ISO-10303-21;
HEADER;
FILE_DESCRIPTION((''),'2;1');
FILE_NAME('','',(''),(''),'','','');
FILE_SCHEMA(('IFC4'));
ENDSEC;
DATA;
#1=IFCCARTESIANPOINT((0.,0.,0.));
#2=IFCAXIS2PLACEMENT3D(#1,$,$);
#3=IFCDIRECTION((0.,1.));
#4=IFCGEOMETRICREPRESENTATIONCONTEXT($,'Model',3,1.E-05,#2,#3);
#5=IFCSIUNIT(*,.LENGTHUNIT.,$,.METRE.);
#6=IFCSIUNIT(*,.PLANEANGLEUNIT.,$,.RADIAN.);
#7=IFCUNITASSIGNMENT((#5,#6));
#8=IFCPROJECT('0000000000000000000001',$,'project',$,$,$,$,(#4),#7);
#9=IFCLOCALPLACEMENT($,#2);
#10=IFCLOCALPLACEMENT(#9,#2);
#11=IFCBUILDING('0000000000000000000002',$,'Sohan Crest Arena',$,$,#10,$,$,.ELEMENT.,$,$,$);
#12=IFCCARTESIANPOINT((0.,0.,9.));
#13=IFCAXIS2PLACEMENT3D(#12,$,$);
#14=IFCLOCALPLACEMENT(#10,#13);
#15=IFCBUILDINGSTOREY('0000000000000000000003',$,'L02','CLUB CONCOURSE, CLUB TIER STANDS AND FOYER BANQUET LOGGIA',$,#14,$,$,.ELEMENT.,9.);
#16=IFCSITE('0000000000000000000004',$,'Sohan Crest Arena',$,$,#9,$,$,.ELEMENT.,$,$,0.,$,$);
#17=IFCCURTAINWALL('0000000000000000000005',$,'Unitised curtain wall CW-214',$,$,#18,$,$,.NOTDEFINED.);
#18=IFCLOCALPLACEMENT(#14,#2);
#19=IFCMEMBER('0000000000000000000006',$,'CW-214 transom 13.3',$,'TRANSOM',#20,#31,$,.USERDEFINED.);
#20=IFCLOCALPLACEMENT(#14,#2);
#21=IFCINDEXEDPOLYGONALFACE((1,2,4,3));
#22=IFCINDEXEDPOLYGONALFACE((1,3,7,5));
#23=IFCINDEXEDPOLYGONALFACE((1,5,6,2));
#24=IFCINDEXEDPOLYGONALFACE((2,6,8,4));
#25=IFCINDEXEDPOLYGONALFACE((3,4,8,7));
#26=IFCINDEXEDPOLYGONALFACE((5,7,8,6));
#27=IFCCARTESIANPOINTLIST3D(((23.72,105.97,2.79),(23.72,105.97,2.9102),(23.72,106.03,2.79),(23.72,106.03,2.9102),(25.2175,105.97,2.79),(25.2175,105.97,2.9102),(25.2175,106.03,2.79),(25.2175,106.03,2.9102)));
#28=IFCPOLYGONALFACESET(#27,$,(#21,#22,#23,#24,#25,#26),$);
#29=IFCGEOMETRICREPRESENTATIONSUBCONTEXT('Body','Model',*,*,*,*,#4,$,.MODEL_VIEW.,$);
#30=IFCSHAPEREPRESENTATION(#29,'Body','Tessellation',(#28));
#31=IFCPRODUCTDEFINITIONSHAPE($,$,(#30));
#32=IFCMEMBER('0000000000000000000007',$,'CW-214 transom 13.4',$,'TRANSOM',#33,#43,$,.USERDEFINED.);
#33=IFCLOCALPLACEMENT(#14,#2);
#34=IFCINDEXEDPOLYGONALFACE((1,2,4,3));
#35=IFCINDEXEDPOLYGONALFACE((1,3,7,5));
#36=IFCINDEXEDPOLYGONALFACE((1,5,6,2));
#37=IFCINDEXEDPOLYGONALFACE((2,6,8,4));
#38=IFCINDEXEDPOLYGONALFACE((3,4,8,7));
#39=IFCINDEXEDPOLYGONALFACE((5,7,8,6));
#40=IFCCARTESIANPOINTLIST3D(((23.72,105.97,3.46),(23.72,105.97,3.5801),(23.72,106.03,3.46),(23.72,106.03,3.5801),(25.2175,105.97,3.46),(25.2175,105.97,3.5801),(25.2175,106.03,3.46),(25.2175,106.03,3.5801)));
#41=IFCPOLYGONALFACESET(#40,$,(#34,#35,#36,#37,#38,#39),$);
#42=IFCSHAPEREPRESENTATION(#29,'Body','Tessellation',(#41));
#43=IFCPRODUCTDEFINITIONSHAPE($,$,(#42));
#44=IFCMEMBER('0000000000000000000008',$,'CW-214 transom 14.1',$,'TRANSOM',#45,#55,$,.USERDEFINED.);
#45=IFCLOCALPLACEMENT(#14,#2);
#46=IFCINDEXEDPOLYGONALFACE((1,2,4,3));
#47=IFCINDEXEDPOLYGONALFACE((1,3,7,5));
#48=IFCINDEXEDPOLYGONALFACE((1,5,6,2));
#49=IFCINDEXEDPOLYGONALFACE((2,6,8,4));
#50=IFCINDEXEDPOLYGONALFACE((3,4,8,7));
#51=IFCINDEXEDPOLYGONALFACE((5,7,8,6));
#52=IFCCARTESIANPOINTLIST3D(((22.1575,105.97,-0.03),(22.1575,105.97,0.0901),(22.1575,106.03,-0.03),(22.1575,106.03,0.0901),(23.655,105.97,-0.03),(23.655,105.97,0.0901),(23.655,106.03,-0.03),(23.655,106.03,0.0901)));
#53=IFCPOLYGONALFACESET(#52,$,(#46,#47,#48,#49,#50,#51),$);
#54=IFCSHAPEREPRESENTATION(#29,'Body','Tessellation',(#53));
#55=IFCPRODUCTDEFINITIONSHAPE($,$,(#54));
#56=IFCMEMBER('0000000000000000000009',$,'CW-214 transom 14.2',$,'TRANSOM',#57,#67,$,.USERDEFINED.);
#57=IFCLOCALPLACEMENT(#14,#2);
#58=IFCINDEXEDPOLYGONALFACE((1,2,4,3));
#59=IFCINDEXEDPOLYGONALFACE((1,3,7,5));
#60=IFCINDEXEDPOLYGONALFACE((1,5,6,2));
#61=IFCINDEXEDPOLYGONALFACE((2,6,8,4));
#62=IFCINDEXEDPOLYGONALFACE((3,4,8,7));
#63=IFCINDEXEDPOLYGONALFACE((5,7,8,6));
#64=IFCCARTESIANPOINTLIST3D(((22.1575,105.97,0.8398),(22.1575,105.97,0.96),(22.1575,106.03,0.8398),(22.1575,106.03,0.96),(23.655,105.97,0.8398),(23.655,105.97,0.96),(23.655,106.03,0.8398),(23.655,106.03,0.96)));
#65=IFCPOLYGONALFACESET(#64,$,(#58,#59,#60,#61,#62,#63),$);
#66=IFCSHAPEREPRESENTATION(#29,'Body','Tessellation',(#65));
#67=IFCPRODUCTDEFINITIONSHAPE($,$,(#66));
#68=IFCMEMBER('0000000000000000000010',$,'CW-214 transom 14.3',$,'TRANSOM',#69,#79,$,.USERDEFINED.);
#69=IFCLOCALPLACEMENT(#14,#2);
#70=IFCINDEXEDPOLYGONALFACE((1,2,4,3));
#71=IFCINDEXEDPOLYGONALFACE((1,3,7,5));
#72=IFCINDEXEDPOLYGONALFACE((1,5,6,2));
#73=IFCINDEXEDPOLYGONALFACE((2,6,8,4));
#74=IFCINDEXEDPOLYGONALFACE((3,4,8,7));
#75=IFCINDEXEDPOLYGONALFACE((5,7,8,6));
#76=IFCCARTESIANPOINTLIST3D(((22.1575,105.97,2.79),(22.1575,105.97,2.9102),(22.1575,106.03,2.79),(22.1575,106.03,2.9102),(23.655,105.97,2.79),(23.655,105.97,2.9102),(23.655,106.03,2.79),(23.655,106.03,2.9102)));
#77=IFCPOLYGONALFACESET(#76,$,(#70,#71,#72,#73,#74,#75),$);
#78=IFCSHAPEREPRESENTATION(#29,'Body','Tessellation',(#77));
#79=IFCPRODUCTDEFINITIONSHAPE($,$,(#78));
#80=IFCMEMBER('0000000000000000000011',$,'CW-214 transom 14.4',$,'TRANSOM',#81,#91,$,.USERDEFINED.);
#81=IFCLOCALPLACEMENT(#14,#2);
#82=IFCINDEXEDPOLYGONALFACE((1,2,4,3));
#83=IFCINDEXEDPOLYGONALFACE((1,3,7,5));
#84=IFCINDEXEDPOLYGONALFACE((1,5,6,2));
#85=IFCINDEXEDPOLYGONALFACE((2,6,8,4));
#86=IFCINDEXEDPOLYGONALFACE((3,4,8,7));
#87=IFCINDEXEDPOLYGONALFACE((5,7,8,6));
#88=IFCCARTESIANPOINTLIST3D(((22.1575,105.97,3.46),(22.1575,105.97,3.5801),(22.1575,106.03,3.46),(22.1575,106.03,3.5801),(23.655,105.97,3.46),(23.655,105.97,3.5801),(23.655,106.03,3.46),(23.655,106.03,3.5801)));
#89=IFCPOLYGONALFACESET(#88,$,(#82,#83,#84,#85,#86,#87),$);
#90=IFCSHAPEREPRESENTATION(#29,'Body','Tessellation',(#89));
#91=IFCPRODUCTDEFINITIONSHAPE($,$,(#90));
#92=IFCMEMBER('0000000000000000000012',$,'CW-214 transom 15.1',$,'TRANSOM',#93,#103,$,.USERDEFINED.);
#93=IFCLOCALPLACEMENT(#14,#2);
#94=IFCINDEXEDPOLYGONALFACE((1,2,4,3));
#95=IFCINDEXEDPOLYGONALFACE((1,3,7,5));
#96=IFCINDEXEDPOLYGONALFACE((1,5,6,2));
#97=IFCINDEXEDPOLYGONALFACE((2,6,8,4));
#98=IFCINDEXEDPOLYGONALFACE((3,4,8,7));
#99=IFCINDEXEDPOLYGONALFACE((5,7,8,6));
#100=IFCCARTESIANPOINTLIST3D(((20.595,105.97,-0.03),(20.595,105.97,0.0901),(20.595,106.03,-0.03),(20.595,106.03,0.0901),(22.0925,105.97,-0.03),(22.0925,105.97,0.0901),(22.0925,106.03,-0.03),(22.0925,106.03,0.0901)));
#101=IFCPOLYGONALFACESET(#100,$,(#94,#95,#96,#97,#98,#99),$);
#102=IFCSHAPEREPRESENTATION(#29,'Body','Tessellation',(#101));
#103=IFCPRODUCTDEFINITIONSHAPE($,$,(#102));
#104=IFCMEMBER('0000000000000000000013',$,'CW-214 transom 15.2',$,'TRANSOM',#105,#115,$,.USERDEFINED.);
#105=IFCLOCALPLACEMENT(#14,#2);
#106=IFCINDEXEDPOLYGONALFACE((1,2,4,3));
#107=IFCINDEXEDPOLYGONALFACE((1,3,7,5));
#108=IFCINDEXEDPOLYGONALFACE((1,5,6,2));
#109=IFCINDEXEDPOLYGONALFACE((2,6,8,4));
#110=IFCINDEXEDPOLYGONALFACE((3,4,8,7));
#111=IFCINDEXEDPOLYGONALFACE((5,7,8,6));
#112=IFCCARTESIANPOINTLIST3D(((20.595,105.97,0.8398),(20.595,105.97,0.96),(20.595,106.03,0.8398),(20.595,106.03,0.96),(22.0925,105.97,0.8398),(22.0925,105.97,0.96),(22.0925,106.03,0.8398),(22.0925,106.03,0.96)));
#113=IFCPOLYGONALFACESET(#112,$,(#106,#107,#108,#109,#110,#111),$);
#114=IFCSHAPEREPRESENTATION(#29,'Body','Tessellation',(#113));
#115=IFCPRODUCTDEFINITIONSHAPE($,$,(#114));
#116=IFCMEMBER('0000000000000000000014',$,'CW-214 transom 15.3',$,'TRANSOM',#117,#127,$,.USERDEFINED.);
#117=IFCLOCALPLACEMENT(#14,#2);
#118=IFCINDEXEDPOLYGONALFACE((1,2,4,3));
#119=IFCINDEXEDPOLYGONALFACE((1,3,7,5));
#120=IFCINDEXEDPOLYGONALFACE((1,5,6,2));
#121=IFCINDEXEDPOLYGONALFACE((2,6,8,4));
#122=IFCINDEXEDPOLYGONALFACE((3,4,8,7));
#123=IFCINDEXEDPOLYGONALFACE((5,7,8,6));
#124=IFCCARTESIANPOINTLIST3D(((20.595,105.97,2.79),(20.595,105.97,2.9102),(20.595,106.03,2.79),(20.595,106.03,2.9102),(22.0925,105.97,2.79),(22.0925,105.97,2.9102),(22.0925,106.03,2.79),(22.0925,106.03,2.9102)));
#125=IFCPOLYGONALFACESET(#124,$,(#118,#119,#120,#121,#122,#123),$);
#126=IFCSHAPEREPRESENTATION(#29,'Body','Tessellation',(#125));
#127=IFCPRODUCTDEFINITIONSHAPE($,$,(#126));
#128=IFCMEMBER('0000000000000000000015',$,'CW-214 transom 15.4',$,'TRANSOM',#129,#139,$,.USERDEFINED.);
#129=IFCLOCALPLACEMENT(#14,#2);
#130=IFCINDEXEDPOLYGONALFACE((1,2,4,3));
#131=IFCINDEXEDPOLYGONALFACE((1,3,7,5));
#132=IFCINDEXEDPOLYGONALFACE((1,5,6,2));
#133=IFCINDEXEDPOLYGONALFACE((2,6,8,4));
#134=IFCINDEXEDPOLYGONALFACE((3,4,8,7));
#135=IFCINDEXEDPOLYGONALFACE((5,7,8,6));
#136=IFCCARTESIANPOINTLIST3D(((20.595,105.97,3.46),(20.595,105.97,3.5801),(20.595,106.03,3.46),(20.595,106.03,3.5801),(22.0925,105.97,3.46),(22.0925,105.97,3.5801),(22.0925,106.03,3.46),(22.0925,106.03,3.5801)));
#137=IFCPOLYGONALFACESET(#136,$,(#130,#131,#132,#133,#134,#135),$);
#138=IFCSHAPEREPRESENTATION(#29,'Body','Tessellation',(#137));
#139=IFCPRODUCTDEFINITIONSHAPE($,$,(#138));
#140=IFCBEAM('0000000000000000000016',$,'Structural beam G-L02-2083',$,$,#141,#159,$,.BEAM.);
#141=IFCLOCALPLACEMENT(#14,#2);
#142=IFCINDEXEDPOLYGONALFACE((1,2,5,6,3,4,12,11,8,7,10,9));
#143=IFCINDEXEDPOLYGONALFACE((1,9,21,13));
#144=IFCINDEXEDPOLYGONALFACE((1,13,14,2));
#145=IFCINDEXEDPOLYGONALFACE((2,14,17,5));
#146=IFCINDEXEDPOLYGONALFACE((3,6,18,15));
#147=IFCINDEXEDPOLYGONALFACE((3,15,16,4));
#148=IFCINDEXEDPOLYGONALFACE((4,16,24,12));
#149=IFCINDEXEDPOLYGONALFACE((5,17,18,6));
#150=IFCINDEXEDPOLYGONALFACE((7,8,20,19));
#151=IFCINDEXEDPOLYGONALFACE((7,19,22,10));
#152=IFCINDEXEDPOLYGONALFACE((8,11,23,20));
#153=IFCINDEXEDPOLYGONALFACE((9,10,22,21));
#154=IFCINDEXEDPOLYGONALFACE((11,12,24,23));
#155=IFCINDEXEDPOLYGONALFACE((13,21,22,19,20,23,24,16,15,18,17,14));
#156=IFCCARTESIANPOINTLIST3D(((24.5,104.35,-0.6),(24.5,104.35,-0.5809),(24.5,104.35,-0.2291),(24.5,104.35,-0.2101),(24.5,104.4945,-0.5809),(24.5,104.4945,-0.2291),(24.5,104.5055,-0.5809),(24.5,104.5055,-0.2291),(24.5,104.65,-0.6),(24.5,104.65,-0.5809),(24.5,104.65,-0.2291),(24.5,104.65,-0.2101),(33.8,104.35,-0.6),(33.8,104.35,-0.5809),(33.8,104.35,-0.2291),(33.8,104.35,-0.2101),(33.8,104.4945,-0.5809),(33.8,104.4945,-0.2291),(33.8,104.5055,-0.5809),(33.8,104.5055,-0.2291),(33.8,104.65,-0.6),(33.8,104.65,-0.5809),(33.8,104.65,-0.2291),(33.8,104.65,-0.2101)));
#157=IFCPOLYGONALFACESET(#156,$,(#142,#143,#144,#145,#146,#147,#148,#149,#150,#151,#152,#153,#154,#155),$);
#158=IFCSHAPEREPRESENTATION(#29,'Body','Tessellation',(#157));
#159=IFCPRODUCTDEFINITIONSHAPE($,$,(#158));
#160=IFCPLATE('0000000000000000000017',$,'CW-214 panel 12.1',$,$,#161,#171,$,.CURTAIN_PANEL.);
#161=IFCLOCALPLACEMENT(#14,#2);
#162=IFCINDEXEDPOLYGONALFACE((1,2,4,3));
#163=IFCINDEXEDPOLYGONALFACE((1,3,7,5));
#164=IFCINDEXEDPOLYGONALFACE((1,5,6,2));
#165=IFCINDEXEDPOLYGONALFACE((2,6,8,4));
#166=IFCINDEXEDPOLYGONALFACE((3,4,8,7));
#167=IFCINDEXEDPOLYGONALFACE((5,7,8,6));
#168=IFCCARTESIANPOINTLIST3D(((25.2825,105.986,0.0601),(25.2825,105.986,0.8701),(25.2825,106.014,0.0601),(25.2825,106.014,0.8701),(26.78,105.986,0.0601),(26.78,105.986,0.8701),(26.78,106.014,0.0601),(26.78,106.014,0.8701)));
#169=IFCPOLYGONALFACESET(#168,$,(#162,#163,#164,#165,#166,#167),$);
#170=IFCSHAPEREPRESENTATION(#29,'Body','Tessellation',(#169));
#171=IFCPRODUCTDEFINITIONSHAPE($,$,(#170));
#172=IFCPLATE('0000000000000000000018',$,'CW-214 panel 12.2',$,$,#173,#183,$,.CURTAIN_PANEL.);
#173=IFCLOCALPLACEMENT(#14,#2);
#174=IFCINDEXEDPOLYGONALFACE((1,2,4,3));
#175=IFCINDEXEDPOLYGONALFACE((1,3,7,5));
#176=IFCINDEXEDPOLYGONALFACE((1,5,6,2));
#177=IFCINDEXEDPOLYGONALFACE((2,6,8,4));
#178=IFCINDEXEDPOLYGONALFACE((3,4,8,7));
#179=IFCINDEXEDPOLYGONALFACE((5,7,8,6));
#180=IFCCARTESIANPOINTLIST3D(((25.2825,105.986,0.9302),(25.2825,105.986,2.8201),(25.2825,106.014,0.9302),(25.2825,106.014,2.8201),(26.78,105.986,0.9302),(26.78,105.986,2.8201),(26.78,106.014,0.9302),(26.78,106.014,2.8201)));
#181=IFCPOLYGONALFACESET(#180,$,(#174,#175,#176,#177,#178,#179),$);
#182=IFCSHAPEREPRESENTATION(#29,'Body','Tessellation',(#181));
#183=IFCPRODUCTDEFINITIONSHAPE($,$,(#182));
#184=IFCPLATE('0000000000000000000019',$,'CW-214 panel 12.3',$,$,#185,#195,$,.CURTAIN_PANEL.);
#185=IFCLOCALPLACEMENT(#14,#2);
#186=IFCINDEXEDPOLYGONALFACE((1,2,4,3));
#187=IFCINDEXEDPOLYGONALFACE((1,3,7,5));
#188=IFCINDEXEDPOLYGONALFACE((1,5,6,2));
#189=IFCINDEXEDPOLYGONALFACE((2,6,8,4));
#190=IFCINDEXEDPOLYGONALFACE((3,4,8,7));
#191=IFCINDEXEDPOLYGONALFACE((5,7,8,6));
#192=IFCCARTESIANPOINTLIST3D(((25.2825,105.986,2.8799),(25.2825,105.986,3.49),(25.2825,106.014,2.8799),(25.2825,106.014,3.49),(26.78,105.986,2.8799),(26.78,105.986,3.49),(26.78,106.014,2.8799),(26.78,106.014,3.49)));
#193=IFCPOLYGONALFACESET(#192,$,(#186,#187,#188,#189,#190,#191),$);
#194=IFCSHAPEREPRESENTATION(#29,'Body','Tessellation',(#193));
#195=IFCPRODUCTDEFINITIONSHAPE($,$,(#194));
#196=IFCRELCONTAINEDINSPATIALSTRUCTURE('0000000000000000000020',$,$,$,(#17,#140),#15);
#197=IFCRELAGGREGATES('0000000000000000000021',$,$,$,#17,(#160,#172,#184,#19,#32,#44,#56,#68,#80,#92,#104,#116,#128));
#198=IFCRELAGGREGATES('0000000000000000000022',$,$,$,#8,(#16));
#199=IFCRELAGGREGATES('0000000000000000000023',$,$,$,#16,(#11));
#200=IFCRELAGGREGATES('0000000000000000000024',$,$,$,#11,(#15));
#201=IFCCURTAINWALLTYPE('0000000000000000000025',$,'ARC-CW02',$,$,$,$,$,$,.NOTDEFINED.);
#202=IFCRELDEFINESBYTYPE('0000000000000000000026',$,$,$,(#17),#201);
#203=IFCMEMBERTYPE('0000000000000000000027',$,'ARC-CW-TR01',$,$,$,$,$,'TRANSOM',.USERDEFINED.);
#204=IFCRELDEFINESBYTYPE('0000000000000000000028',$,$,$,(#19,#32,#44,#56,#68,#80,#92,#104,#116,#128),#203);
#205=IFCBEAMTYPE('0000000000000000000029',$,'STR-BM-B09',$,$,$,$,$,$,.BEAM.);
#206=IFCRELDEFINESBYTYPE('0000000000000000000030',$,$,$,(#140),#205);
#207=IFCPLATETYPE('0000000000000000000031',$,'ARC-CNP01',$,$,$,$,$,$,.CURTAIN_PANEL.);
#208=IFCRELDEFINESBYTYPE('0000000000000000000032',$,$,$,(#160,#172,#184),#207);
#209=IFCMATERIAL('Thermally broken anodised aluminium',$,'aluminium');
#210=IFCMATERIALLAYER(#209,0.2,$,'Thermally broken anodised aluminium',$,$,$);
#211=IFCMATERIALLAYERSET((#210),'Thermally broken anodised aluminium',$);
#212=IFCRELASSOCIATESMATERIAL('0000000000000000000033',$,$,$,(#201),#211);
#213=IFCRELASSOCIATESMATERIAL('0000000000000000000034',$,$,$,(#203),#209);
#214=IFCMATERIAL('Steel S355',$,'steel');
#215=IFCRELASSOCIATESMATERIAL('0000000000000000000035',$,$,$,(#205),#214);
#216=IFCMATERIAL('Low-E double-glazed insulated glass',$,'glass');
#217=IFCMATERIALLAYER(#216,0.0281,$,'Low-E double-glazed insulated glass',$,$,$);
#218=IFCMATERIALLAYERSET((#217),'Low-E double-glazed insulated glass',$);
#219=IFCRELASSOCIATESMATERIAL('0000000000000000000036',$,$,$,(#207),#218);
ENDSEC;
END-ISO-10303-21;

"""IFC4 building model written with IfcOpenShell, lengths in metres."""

from ifc_helpers import new_model, si_unit, direction, frame, origin, origin_2d, place, context, subcontext, project, spatial, rectangle, i_section, extrude, material, layer, layer_set, material_profile, profile_set, type_object, element, aggregate, save


model = new_model("IFC4")

# Units and contexts
model_context = context("Model", 3, precision=1e-05, world=origin(), true_north=direction((0.0, 1.0)))
body_context = subcontext(model_context, "Body", "Model", "MODEL_VIEW")
ifc_project = project(units=[si_unit("LENGTHUNIT", "METRE"), si_unit("PLANEANGLEUNIT", "RADIAN")], contexts=[model_context])

# Site, building, storey
site_placement = place(None, origin())
site = spatial("IfcSite", under=ifc_project, at=site_placement, Name="Sohan Crest Arena", CompositionType="ELEMENT", RefElevation=0.0)
building_placement = place(site_placement, origin())
building = spatial("IfcBuilding", under=site, at=building_placement, Name="Sohan Crest Arena", CompositionType="ELEMENT")
storey_placement = place(building_placement, frame((0.0, 0.0, 9.0)))
storey = spatial("IfcBuildingStorey", under=building, at=storey_placement, Name="L02", Description="CLUB CONCOURSE, CLUB TIER STANDS AND FOYER BANQUET LOGGIA", CompositionType="ELEMENT", Elevation=9.0)

# Curtain wall, members
ifc_material_1 = material(Name="Thermally broken anodised aluminium", Category="aluminium")
ifc_layer_1 = layer(ifc_material_1, 0.2, Name="Thermally broken anodised aluminium")
ifc_layer_set_1 = layer_set([ifc_layer_1], Name="Thermally broken anodised aluminium")
curtain_wall_type = type_object("IfcCurtainWallType", Name="ARC-CW02", PredefinedType="NOTDEFINED", material=ifc_layer_set_1)
curtain_wall_placement = place(storey_placement, origin())
curtain_wall = element("IfcCurtainWall", 1, at=curtain_wall_placement, inside=storey, type_object=curtain_wall_type, Name="Unitised curtain wall CW-214", PredefinedType="NOTDEFINED")
ifc_material_profile_1 = material_profile(ifc_material_1, rectangle(XDim=0.0601, YDim=0.1201, at=origin_2d()), Name="ALU-TRAN 60x120")
ifc_profile_set_1 = profile_set([ifc_material_profile_1], Name="Thermally broken anodised aluminium")
member_type_1 = type_object("IfcMemberType", Name="ARC-CW-TR01", ElementType="TRANSOM", PredefinedType="USERDEFINED", material=ifc_profile_set_1)
member_1_placement = place(storey_placement, frame((25.2175, 106.0, 2.8501), z_axis=(-1.0, 0.0, 0.0), x_axis=(0.0, -1.0, 0.0)))
member_1 = element("IfcMember", 2, at=member_1_placement, type_object=member_type_1, Name="CW-214 transom 13.3", ObjectType="TRANSOM", PredefinedType="USERDEFINED", context=body_context, shape_type="SweptSolid", body=[
    extrude(rectangle(XDim=0.0601, YDim=0.1201, at=origin_2d()), origin(), (0.0, 0.0, 1.0), 1.4976),
])
member_2_placement = place(storey_placement, frame((25.2175, 106.0, 3.52), z_axis=(-1.0, 0.0, 0.0), x_axis=(0.0, -1.0, 0.0)))
member_2 = element("IfcMember", 3, at=member_2_placement, type_object=member_type_1, Name="CW-214 transom 13.4", ObjectType="TRANSOM", PredefinedType="USERDEFINED", context=body_context, shape_type="SweptSolid", body=[
    extrude(rectangle(XDim=0.0601, YDim=0.1201, at=origin_2d()), origin(), (0.0, 0.0, 1.0), 1.4976),
])
member_3_placement = place(storey_placement, frame((23.655, 106.0, 0.03), z_axis=(-1.0, 0.0, 0.0), x_axis=(0.0, -1.0, 0.0)))
member_3 = element("IfcMember", 4, at=member_3_placement, type_object=member_type_1, Name="CW-214 transom 14.1", ObjectType="TRANSOM", PredefinedType="USERDEFINED", context=body_context, shape_type="SweptSolid", body=[
    extrude(rectangle(XDim=0.0601, YDim=0.1201, at=origin_2d()), origin(), (0.0, 0.0, 1.0), 1.4976),
])
member_4_placement = place(storey_placement, frame((23.655, 106.0, 0.8999), z_axis=(-1.0, 0.0, 0.0), x_axis=(0.0, -1.0, 0.0)))
member_4 = element("IfcMember", 5, at=member_4_placement, type_object=member_type_1, Name="CW-214 transom 14.2", ObjectType="TRANSOM", PredefinedType="USERDEFINED", context=body_context, shape_type="SweptSolid", body=[
    extrude(rectangle(XDim=0.0601, YDim=0.1201, at=origin_2d()), origin(), (0.0, 0.0, 1.0), 1.4976),
])
member_5_placement = place(storey_placement, frame((23.655, 106.0, 2.8501), z_axis=(-1.0, 0.0, 0.0), x_axis=(0.0, -1.0, 0.0)))
member_5 = element("IfcMember", 6, at=member_5_placement, type_object=member_type_1, Name="CW-214 transom 14.3", ObjectType="TRANSOM", PredefinedType="USERDEFINED", context=body_context, shape_type="SweptSolid", body=[
    extrude(rectangle(XDim=0.0601, YDim=0.1201, at=origin_2d()), origin(), (0.0, 0.0, 1.0), 1.4976),
])
member_6_placement = place(storey_placement, frame((23.655, 106.0, 3.52), z_axis=(-1.0, 0.0, 0.0), x_axis=(0.0, -1.0, 0.0)))
member_6 = element("IfcMember", 7, at=member_6_placement, type_object=member_type_1, Name="CW-214 transom 14.4", ObjectType="TRANSOM", PredefinedType="USERDEFINED", context=body_context, shape_type="SweptSolid", body=[
    extrude(rectangle(XDim=0.0601, YDim=0.1201, at=origin_2d()), origin(), (0.0, 0.0, 1.0), 1.4976),
])
member_7_placement = place(storey_placement, frame((22.0925, 106.0, 0.03), z_axis=(-1.0, 0.0, 0.0), x_axis=(0.0, -1.0, 0.0)))
member_7 = element("IfcMember", 8, at=member_7_placement, type_object=member_type_1, Name="CW-214 transom 15.1", ObjectType="TRANSOM", PredefinedType="USERDEFINED", context=body_context, shape_type="SweptSolid", body=[
    extrude(rectangle(XDim=0.0601, YDim=0.1201, at=origin_2d()), origin(), (0.0, 0.0, 1.0), 1.4976),
])
member_8_placement = place(storey_placement, frame((22.0925, 106.0, 0.8999), z_axis=(-1.0, 0.0, 0.0), x_axis=(0.0, -1.0, 0.0)))
member_8 = element("IfcMember", 9, at=member_8_placement, type_object=member_type_1, Name="CW-214 transom 15.2", ObjectType="TRANSOM", PredefinedType="USERDEFINED", context=body_context, shape_type="SweptSolid", body=[
    extrude(rectangle(XDim=0.0601, YDim=0.1201, at=origin_2d()), origin(), (0.0, 0.0, 1.0), 1.4976),
])
member_9_placement = place(storey_placement, frame((22.0925, 106.0, 2.8501), z_axis=(-1.0, 0.0, 0.0), x_axis=(0.0, -1.0, 0.0)))
member_9 = element("IfcMember", 10, at=member_9_placement, type_object=member_type_1, Name="CW-214 transom 15.3", ObjectType="TRANSOM", PredefinedType="USERDEFINED", context=body_context, shape_type="SweptSolid", body=[
    extrude(rectangle(XDim=0.0601, YDim=0.1201, at=origin_2d()), origin(), (0.0, 0.0, 1.0), 1.4976),
])
member_10_placement = place(storey_placement, frame((22.0925, 106.0, 3.52), z_axis=(-1.0, 0.0, 0.0), x_axis=(0.0, -1.0, 0.0)))
member_10 = element("IfcMember", 11, at=member_10_placement, type_object=member_type_1, Name="CW-214 transom 15.4", ObjectType="TRANSOM", PredefinedType="USERDEFINED", context=body_context, shape_type="SweptSolid", body=[
    extrude(rectangle(XDim=0.0601, YDim=0.1201, at=origin_2d()), origin(), (0.0, 0.0, 1.0), 1.4976),
])

# Beam
ifc_material_2 = material(Name="Steel S355", Category="steel")
ifc_material_profile_2 = material_profile(ifc_material_2, i_section(OverallWidth=0.3, OverallDepth=0.3899, WebThickness=0.011, FlangeThickness=0.019, at=origin_2d()), Name="HEA 400")
ifc_profile_set_2 = profile_set([ifc_material_profile_2], Name="Steel S355")
beam_type = type_object("IfcBeamType", Name="STR-BM-B09", PredefinedType="BEAM", material=ifc_profile_set_2)
beam_placement = place(storey_placement, frame((24.5, 104.5, -0.405), z_axis=(1.0, 0.0, 0.0), x_axis=(0.0, 1.0, 0.0)))
element("IfcBeam", 12, at=beam_placement, inside=storey, type_object=beam_type, Name="Structural beam G-L02-2083", PredefinedType="BEAM", context=body_context, shape_type="SweptSolid", body=[
    extrude(i_section(OverallWidth=0.3, OverallDepth=0.3899, WebThickness=0.011, FlangeThickness=0.019, at=origin_2d()), origin(), (0.0, 0.0, 1.0), 9.3),
])

# Plates
ifc_material_3 = material(Name="Low-E double-glazed insulated glass", Category="glass")
ifc_layer_2 = layer(ifc_material_3, 0.0281, Name="Low-E double-glazed insulated glass")
ifc_layer_set_2 = layer_set([ifc_layer_2], Name="Low-E double-glazed insulated glass")
plate_type = type_object("IfcPlateType", Name="ARC-CNP01", PredefinedType="CURTAIN_PANEL", material=ifc_layer_set_2)
plate_1_placement = place(storey_placement, frame((26.0312, 106.0, 0.0601), z_axis=(0.0, 0.0, 1.0), x_axis=(-1.0, 0.0, 0.0)))
plate_1 = element("IfcPlate", 13, at=plate_1_placement, type_object=plate_type, Name="CW-214 panel 12.1", PredefinedType="CURTAIN_PANEL", context=body_context, shape_type="SweptSolid", body=[
    extrude(rectangle(XDim=1.4976, YDim=0.0281, at=origin_2d()), origin(), (0.0, 0.0, 1.0), 0.8101),
])
plate_2_placement = place(storey_placement, frame((26.0312, 106.0, 0.9302), z_axis=(0.0, 0.0, 1.0), x_axis=(-1.0, 0.0, 0.0)))
plate_2 = element("IfcPlate", 14, at=plate_2_placement, type_object=plate_type, Name="CW-214 panel 12.2", PredefinedType="CURTAIN_PANEL", context=body_context, shape_type="SweptSolid", body=[
    extrude(rectangle(XDim=1.4976, YDim=0.0281, at=origin_2d()), origin(), (0.0, 0.0, 1.0), 1.8899),
])
plate_3_placement = place(storey_placement, frame((26.0312, 106.0, 2.8799), z_axis=(0.0, 0.0, 1.0), x_axis=(-1.0, 0.0, 0.0)))
plate_3 = element("IfcPlate", 15, at=plate_3_placement, type_object=plate_type, Name="CW-214 panel 12.3", PredefinedType="CURTAIN_PANEL", context=body_context, shape_type="SweptSolid", body=[
    extrude(rectangle(XDim=1.4976, YDim=0.0281, at=origin_2d()), origin(), (0.0, 0.0, 1.0), 0.6101),
])
aggregate(curtain_wall, [plate_1, plate_2, plate_3, member_1, member_2, member_3, member_4, member_5, member_6, member_7, member_8, member_9, member_10])

save(model, "model.ifc")
